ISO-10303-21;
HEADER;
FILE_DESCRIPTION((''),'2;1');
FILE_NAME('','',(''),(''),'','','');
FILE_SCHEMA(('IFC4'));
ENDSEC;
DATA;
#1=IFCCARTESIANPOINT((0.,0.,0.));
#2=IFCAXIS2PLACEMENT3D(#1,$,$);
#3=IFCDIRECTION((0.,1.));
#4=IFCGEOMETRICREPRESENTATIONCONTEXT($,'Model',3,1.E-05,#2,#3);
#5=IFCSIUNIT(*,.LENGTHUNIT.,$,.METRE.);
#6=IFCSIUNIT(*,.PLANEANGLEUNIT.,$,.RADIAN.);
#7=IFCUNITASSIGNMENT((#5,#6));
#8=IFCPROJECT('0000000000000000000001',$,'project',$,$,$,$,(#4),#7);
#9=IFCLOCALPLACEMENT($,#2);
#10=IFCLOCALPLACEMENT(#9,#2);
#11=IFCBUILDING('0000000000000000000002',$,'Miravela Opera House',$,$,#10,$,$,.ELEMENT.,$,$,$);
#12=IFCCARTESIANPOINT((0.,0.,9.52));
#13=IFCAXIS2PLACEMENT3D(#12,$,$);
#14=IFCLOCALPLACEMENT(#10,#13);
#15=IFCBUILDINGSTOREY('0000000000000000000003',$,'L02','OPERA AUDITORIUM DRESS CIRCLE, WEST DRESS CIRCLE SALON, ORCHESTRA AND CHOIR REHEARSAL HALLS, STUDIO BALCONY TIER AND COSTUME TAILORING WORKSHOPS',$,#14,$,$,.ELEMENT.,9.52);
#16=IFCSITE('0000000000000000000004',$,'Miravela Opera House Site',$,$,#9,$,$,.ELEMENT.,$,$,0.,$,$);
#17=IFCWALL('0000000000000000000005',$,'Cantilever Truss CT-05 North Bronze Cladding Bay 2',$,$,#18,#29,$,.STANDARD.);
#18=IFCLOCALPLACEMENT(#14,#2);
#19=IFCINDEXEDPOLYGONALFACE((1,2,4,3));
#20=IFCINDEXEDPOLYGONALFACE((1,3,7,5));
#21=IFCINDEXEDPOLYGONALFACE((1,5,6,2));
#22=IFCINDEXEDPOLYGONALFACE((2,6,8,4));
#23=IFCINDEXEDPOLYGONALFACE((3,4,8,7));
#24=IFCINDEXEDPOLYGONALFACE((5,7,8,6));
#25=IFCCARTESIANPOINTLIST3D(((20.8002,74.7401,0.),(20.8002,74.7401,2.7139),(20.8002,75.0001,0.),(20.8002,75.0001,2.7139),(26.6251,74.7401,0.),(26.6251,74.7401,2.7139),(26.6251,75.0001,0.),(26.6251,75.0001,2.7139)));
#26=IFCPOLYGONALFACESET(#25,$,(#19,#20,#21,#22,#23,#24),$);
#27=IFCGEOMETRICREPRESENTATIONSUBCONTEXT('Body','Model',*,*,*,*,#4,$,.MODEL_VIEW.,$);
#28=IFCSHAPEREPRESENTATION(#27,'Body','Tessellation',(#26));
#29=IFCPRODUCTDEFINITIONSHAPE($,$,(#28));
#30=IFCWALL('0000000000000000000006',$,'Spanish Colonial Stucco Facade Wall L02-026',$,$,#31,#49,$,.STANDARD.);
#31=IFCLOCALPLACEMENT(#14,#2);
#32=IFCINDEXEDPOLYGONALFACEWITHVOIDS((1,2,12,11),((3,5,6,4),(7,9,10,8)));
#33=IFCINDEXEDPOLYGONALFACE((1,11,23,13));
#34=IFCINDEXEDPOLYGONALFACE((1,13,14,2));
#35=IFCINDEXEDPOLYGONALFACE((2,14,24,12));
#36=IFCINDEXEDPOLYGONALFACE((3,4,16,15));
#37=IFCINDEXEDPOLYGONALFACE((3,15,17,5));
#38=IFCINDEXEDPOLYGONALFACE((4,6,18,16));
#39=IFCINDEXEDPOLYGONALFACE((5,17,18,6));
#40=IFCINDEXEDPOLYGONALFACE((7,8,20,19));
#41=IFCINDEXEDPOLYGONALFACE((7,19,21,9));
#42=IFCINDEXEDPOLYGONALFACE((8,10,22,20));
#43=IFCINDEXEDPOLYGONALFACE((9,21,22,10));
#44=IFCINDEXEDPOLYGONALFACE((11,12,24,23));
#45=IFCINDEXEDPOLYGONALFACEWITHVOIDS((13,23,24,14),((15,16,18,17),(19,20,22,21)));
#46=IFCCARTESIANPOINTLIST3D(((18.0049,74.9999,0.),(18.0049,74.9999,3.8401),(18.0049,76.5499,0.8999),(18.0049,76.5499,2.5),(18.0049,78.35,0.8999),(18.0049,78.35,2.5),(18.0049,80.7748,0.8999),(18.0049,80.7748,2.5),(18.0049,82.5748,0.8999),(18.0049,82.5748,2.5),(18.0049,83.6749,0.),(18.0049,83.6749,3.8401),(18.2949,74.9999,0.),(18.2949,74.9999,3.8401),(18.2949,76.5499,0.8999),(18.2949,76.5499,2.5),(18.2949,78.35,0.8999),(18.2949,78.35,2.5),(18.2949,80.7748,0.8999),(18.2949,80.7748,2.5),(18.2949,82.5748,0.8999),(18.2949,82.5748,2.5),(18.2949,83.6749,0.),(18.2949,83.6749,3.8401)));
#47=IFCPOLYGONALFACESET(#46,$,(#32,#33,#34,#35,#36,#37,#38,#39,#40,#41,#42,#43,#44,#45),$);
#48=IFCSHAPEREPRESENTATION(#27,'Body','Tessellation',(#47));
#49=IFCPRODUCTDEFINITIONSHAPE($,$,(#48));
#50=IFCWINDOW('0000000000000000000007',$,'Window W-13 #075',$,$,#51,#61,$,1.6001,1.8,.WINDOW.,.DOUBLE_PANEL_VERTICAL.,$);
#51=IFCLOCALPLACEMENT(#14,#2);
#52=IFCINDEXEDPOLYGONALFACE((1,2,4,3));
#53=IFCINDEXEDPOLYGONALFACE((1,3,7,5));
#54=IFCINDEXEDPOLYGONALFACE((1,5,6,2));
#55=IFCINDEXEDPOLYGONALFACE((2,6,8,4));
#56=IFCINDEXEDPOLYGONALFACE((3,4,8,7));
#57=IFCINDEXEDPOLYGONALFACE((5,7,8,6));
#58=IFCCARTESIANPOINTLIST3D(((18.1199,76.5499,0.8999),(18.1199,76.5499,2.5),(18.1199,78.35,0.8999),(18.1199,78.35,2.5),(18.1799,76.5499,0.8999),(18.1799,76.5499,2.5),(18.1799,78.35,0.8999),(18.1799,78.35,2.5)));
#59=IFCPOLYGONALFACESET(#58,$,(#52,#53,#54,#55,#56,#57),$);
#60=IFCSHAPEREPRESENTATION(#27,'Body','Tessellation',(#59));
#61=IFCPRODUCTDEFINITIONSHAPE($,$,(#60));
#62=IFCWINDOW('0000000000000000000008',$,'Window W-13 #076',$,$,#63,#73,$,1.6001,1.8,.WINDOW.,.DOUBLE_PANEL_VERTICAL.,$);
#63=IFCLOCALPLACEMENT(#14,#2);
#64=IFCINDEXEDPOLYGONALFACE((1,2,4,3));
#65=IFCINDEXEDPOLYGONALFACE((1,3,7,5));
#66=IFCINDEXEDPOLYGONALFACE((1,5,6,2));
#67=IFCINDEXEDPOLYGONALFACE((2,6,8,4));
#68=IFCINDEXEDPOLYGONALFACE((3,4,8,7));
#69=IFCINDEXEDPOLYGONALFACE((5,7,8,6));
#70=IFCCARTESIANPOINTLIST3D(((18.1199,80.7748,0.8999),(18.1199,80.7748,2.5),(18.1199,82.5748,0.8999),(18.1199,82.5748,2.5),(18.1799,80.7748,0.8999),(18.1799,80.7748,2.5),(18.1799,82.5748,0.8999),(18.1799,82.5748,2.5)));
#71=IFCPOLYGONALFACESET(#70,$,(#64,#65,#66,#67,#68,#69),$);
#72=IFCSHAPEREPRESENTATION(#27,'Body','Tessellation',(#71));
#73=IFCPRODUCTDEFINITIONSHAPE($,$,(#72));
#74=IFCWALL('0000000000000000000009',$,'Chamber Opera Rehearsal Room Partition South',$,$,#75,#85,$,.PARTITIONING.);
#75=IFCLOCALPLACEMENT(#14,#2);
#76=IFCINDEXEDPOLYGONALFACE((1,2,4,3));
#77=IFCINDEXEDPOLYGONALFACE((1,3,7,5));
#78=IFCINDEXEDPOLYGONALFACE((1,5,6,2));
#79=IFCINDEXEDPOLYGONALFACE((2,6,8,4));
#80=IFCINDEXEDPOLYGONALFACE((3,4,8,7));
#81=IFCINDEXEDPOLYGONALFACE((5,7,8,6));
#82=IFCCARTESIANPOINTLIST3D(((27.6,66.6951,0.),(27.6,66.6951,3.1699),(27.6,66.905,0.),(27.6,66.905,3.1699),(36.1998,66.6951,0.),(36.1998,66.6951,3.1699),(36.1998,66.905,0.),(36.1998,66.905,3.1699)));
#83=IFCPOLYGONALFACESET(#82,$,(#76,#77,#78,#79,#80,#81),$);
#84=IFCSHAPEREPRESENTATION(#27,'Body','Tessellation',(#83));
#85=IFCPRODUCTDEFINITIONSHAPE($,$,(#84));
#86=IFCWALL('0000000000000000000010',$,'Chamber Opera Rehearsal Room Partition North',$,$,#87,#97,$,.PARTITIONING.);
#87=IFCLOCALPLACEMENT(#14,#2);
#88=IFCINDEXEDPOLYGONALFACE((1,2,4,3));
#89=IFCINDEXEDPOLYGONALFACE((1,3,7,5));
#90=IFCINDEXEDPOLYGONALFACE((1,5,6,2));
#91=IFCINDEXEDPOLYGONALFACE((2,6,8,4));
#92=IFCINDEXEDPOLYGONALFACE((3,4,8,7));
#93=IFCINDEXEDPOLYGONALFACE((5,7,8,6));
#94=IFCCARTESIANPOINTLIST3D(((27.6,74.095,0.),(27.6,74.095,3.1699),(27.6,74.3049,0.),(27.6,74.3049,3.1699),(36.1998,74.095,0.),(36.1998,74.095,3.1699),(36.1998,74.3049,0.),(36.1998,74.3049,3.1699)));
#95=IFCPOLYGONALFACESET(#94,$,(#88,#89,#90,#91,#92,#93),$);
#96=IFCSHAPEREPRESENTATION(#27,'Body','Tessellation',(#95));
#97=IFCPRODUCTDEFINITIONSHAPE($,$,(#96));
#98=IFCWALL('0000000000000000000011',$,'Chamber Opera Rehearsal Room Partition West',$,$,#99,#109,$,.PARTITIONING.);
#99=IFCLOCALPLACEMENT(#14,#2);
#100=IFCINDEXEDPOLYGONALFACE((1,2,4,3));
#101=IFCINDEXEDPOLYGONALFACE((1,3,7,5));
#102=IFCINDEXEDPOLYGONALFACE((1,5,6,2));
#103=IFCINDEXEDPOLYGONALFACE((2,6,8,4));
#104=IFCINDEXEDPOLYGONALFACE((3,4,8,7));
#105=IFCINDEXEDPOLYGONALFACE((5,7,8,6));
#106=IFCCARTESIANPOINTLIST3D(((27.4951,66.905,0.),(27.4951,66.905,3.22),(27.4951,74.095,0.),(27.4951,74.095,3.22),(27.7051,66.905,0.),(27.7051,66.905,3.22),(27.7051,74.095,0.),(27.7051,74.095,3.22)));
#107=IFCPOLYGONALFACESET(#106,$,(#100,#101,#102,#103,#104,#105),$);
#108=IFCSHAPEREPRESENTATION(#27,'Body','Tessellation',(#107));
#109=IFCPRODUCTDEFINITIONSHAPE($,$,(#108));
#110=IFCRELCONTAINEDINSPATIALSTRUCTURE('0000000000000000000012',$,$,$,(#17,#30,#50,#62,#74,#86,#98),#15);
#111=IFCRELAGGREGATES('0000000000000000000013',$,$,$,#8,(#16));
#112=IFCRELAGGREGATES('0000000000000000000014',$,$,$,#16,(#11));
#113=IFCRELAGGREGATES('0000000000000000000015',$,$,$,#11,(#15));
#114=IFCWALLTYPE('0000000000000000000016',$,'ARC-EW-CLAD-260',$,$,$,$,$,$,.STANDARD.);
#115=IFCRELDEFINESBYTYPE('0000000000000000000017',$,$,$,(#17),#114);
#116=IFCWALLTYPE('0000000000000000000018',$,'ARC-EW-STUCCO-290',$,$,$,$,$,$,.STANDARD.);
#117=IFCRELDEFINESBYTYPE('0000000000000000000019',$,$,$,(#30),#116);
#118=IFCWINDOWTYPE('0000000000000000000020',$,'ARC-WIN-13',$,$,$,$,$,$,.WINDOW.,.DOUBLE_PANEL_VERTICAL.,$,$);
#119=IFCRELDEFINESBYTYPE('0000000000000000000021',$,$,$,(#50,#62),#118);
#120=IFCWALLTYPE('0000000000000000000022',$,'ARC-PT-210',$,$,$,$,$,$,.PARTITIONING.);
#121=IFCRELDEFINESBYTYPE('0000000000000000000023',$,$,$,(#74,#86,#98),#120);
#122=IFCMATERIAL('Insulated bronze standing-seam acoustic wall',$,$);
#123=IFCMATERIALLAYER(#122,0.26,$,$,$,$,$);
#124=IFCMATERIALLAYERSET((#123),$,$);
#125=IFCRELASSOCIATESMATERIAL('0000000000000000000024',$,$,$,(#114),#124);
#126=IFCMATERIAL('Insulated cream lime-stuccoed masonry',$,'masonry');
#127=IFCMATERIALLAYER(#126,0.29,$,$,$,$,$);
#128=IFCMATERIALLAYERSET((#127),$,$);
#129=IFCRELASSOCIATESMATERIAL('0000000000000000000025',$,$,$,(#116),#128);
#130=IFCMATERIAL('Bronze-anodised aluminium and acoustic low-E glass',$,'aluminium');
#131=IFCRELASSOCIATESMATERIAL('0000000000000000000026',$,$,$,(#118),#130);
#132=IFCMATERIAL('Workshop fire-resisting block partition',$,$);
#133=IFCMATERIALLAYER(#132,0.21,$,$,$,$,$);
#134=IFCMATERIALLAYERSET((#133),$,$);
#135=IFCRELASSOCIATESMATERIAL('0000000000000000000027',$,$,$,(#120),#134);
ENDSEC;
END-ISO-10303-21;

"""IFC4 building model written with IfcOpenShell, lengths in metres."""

from ifc_helpers import new_model, si_unit, direction, frame, frame_2d, origin, place, context, subcontext, project, spatial, rectangle, extrude, material, layer, layer_set, type_object, element, fill, save


model = new_model("IFC4")

# Units and contexts
model_context = context("Model", 3, precision=1e-05, world=origin(), true_north=direction((0.0, 1.0)))
body_context = subcontext(model_context, "Body", "Model", "MODEL_VIEW")
ifc_project = project(units=[si_unit("LENGTHUNIT", "METRE"), si_unit("PLANEANGLEUNIT", "RADIAN")], contexts=[model_context])

# Site, building, storey
site_placement = place(None, origin())
site = spatial("IfcSite", under=ifc_project, at=site_placement, Name="Miravela Opera House Site", CompositionType="ELEMENT", RefElevation=0.0)
building_placement = place(site_placement, origin())
building = spatial("IfcBuilding", under=site, at=building_placement, Name="Miravela Opera House", CompositionType="ELEMENT")
storey_placement = place(building_placement, frame((0.0, 0.0, 9.52)))
storey = spatial("IfcBuildingStorey", under=building, at=storey_placement, Name="L02", Description="OPERA AUDITORIUM DRESS CIRCLE, WEST DRESS CIRCLE SALON, ORCHESTRA AND CHOIR REHEARSAL HALLS, STUDIO BALCONY TIER AND COSTUME TAILORING WORKSHOPS", CompositionType="ELEMENT", Elevation=9.52)

# Wall
ifc_material_1 = material(Name="Insulated bronze standing-seam acoustic wall")
ifc_layer_1 = layer(ifc_material_1, 0.26)
ifc_layer_set_1 = layer_set([ifc_layer_1])
wall_type_1 = type_object("IfcWallType", Name="ARC-EW-CLAD-260", PredefinedType="STANDARD", material=ifc_layer_set_1)
wall_1_placement = place(storey_placement, frame((20.8, 74.8701, 0.0), z_axis=(0.0, 0.0, 1.0), x_axis=(1.0, 0.0, 0.0)))
element("IfcWall", 1, at=wall_1_placement, inside=storey, type_object=wall_type_1, Name="Cantilever Truss CT-05 North Bronze Cladding Bay 2", PredefinedType="STANDARD", context=body_context, shape_type="SweptSolid", body=[
    extrude(rectangle(XDim=5.825, YDim=0.26, at=frame_2d((2.9126, 0.0))), origin(), (0.0, 0.0, 1.0), 2.7139),
])

# Wall, openings, windows
ifc_material_2 = material(Name="Insulated cream lime-stuccoed masonry", Category="masonry")
ifc_layer_2 = layer(ifc_material_2, 0.29)
ifc_layer_set_2 = layer_set([ifc_layer_2])
wall_type_2 = type_object("IfcWallType", Name="ARC-EW-STUCCO-290", PredefinedType="STANDARD", material=ifc_layer_set_2)
wall_2_placement = place(storey_placement, frame((18.1499, 75.0, 0.0), z_axis=(0.0, 0.0, 1.0), x_axis=(0.0, 1.0, 0.0)))
wall_2 = element("IfcWall", 2, at=wall_2_placement, inside=storey, type_object=wall_type_2, Name="Spanish Colonial Stucco Facade Wall L02-026", PredefinedType="STANDARD", context=body_context, shape_type="SweptSolid", body=[
    extrude(rectangle(XDim=8.675, YDim=0.29, at=frame_2d((4.3374, 0.0))), origin(), (0.0, 0.0, 1.0), 3.8401),
])
opening_1_placement = place(wall_2_placement, frame((1.55, 0.0, 0.8999)))
opening_1 = element("IfcOpeningElement", 3, at=opening_1_placement, cuts=wall_2, PredefinedType="OPENING", context=body_context, shape_type="SweptSolid", body=[
    extrude(rectangle(XDim=1.8, YDim=1.6001, at=frame_2d((0.8999, 0.8))), frame((0.0, 0.155, 0.0), z_axis=(0.0, -1.0, 0.0), x_axis=(1.0, 0.0, 0.0)), (0.0, 0.0, 1.0), 0.3101),
])
opening_2_placement = place(wall_2_placement, frame((5.7749, 0.0, 0.8999)))
opening_2 = element("IfcOpeningElement", 4, at=opening_2_placement, cuts=wall_2, PredefinedType="OPENING", context=body_context, shape_type="SweptSolid", body=[
    extrude(rectangle(XDim=1.8, YDim=1.6001, at=frame_2d((0.8999, 0.8))), frame((0.0, 0.155, 0.0), z_axis=(0.0, -1.0, 0.0), x_axis=(1.0, 0.0, 0.0)), (0.0, 0.0, 1.0), 0.3101),
])
ifc_material_3 = material(Name="Bronze-anodised aluminium and acoustic low-E glass", Category="aluminium")
window_type = type_object("IfcWindowType", Name="ARC-WIN-13", PartitioningType="DOUBLE_PANEL_VERTICAL", PredefinedType="WINDOW", material=ifc_material_3)
window_1_placement = place(opening_1_placement, origin())
window_1 = element("IfcWindow", 5, at=window_1_placement, inside=storey, type_object=window_type, Name="Window W-13 #075", OverallHeight=1.6001, OverallWidth=1.8, PartitioningType="DOUBLE_PANEL_VERTICAL", PredefinedType="WINDOW", context=body_context, shape_type="SweptSolid", body=[
    extrude(rectangle(XDim=1.8, YDim=1.6001, at=frame_2d((0.8999, 0.8))), frame((0.0, 0.03, 0.0), z_axis=(0.0, -1.0, 0.0), x_axis=(1.0, 0.0, 0.0)), (0.0, 0.0, 1.0), 0.0601),
])
fill(opening_1, window_1)
window_2_placement = place(opening_2_placement, origin())
window_2 = element("IfcWindow", 6, at=window_2_placement, inside=storey, type_object=window_type, Name="Window W-13 #076", OverallHeight=1.6001, OverallWidth=1.8, PartitioningType="DOUBLE_PANEL_VERTICAL", PredefinedType="WINDOW", context=body_context, shape_type="SweptSolid", body=[
    extrude(rectangle(XDim=1.8, YDim=1.6001, at=frame_2d((0.8999, 0.8))), frame((0.0, 0.03, 0.0), z_axis=(0.0, -1.0, 0.0), x_axis=(1.0, 0.0, 0.0)), (0.0, 0.0, 1.0), 0.0601),
])
fill(opening_2, window_2)

# Walls
ifc_material_4 = material(Name="Workshop fire-resisting block partition")
ifc_layer_3 = layer(ifc_material_4, 0.21)
ifc_layer_set_3 = layer_set([ifc_layer_3])
wall_type_3 = type_object("IfcWallType", Name="ARC-PT-210", PredefinedType="PARTITIONING", material=ifc_layer_set_3)
for number, where, z_axis, x_axis, name in (
    (7, (27.6001, 66.8, 0.0), (0.0, 0.0, 1.0), (1.0, 0.0, 0.0), "Chamber Opera Rehearsal Room Partition South"),
    (8, (27.6001, 74.2, 0.0), (0.0, 0.0, 1.0), (1.0, 0.0, 0.0), "Chamber Opera Rehearsal Room Partition North"),
):
    element("IfcWall", number, at=place(storey_placement, frame(where, z_axis=z_axis, x_axis=x_axis)), inside=storey, type_object=wall_type_3, Name=name, PredefinedType="PARTITIONING", context=body_context, shape_type="SweptSolid", body=[
        extrude(rectangle(XDim=8.5999, YDim=0.21, at=frame_2d((4.2998, 0.0))), origin(), (0.0, 0.0, 1.0), 3.1699),
    ])
wall_3_placement = place(storey_placement, frame((27.6001, 66.905, 0.0), z_axis=(0.0, 0.0, 1.0), x_axis=(0.0, 1.0, 0.0)))
element("IfcWall", 9, at=wall_3_placement, inside=storey, type_object=wall_type_3, Name="Chamber Opera Rehearsal Room Partition West", PredefinedType="PARTITIONING", context=body_context, shape_type="SweptSolid", body=[
    extrude(rectangle(XDim=7.1899, YDim=0.21, at=frame_2d((3.595, 0.0))), origin(), (0.0, 0.0, 1.0), 3.22),
])

save(model, "model.ifc")
